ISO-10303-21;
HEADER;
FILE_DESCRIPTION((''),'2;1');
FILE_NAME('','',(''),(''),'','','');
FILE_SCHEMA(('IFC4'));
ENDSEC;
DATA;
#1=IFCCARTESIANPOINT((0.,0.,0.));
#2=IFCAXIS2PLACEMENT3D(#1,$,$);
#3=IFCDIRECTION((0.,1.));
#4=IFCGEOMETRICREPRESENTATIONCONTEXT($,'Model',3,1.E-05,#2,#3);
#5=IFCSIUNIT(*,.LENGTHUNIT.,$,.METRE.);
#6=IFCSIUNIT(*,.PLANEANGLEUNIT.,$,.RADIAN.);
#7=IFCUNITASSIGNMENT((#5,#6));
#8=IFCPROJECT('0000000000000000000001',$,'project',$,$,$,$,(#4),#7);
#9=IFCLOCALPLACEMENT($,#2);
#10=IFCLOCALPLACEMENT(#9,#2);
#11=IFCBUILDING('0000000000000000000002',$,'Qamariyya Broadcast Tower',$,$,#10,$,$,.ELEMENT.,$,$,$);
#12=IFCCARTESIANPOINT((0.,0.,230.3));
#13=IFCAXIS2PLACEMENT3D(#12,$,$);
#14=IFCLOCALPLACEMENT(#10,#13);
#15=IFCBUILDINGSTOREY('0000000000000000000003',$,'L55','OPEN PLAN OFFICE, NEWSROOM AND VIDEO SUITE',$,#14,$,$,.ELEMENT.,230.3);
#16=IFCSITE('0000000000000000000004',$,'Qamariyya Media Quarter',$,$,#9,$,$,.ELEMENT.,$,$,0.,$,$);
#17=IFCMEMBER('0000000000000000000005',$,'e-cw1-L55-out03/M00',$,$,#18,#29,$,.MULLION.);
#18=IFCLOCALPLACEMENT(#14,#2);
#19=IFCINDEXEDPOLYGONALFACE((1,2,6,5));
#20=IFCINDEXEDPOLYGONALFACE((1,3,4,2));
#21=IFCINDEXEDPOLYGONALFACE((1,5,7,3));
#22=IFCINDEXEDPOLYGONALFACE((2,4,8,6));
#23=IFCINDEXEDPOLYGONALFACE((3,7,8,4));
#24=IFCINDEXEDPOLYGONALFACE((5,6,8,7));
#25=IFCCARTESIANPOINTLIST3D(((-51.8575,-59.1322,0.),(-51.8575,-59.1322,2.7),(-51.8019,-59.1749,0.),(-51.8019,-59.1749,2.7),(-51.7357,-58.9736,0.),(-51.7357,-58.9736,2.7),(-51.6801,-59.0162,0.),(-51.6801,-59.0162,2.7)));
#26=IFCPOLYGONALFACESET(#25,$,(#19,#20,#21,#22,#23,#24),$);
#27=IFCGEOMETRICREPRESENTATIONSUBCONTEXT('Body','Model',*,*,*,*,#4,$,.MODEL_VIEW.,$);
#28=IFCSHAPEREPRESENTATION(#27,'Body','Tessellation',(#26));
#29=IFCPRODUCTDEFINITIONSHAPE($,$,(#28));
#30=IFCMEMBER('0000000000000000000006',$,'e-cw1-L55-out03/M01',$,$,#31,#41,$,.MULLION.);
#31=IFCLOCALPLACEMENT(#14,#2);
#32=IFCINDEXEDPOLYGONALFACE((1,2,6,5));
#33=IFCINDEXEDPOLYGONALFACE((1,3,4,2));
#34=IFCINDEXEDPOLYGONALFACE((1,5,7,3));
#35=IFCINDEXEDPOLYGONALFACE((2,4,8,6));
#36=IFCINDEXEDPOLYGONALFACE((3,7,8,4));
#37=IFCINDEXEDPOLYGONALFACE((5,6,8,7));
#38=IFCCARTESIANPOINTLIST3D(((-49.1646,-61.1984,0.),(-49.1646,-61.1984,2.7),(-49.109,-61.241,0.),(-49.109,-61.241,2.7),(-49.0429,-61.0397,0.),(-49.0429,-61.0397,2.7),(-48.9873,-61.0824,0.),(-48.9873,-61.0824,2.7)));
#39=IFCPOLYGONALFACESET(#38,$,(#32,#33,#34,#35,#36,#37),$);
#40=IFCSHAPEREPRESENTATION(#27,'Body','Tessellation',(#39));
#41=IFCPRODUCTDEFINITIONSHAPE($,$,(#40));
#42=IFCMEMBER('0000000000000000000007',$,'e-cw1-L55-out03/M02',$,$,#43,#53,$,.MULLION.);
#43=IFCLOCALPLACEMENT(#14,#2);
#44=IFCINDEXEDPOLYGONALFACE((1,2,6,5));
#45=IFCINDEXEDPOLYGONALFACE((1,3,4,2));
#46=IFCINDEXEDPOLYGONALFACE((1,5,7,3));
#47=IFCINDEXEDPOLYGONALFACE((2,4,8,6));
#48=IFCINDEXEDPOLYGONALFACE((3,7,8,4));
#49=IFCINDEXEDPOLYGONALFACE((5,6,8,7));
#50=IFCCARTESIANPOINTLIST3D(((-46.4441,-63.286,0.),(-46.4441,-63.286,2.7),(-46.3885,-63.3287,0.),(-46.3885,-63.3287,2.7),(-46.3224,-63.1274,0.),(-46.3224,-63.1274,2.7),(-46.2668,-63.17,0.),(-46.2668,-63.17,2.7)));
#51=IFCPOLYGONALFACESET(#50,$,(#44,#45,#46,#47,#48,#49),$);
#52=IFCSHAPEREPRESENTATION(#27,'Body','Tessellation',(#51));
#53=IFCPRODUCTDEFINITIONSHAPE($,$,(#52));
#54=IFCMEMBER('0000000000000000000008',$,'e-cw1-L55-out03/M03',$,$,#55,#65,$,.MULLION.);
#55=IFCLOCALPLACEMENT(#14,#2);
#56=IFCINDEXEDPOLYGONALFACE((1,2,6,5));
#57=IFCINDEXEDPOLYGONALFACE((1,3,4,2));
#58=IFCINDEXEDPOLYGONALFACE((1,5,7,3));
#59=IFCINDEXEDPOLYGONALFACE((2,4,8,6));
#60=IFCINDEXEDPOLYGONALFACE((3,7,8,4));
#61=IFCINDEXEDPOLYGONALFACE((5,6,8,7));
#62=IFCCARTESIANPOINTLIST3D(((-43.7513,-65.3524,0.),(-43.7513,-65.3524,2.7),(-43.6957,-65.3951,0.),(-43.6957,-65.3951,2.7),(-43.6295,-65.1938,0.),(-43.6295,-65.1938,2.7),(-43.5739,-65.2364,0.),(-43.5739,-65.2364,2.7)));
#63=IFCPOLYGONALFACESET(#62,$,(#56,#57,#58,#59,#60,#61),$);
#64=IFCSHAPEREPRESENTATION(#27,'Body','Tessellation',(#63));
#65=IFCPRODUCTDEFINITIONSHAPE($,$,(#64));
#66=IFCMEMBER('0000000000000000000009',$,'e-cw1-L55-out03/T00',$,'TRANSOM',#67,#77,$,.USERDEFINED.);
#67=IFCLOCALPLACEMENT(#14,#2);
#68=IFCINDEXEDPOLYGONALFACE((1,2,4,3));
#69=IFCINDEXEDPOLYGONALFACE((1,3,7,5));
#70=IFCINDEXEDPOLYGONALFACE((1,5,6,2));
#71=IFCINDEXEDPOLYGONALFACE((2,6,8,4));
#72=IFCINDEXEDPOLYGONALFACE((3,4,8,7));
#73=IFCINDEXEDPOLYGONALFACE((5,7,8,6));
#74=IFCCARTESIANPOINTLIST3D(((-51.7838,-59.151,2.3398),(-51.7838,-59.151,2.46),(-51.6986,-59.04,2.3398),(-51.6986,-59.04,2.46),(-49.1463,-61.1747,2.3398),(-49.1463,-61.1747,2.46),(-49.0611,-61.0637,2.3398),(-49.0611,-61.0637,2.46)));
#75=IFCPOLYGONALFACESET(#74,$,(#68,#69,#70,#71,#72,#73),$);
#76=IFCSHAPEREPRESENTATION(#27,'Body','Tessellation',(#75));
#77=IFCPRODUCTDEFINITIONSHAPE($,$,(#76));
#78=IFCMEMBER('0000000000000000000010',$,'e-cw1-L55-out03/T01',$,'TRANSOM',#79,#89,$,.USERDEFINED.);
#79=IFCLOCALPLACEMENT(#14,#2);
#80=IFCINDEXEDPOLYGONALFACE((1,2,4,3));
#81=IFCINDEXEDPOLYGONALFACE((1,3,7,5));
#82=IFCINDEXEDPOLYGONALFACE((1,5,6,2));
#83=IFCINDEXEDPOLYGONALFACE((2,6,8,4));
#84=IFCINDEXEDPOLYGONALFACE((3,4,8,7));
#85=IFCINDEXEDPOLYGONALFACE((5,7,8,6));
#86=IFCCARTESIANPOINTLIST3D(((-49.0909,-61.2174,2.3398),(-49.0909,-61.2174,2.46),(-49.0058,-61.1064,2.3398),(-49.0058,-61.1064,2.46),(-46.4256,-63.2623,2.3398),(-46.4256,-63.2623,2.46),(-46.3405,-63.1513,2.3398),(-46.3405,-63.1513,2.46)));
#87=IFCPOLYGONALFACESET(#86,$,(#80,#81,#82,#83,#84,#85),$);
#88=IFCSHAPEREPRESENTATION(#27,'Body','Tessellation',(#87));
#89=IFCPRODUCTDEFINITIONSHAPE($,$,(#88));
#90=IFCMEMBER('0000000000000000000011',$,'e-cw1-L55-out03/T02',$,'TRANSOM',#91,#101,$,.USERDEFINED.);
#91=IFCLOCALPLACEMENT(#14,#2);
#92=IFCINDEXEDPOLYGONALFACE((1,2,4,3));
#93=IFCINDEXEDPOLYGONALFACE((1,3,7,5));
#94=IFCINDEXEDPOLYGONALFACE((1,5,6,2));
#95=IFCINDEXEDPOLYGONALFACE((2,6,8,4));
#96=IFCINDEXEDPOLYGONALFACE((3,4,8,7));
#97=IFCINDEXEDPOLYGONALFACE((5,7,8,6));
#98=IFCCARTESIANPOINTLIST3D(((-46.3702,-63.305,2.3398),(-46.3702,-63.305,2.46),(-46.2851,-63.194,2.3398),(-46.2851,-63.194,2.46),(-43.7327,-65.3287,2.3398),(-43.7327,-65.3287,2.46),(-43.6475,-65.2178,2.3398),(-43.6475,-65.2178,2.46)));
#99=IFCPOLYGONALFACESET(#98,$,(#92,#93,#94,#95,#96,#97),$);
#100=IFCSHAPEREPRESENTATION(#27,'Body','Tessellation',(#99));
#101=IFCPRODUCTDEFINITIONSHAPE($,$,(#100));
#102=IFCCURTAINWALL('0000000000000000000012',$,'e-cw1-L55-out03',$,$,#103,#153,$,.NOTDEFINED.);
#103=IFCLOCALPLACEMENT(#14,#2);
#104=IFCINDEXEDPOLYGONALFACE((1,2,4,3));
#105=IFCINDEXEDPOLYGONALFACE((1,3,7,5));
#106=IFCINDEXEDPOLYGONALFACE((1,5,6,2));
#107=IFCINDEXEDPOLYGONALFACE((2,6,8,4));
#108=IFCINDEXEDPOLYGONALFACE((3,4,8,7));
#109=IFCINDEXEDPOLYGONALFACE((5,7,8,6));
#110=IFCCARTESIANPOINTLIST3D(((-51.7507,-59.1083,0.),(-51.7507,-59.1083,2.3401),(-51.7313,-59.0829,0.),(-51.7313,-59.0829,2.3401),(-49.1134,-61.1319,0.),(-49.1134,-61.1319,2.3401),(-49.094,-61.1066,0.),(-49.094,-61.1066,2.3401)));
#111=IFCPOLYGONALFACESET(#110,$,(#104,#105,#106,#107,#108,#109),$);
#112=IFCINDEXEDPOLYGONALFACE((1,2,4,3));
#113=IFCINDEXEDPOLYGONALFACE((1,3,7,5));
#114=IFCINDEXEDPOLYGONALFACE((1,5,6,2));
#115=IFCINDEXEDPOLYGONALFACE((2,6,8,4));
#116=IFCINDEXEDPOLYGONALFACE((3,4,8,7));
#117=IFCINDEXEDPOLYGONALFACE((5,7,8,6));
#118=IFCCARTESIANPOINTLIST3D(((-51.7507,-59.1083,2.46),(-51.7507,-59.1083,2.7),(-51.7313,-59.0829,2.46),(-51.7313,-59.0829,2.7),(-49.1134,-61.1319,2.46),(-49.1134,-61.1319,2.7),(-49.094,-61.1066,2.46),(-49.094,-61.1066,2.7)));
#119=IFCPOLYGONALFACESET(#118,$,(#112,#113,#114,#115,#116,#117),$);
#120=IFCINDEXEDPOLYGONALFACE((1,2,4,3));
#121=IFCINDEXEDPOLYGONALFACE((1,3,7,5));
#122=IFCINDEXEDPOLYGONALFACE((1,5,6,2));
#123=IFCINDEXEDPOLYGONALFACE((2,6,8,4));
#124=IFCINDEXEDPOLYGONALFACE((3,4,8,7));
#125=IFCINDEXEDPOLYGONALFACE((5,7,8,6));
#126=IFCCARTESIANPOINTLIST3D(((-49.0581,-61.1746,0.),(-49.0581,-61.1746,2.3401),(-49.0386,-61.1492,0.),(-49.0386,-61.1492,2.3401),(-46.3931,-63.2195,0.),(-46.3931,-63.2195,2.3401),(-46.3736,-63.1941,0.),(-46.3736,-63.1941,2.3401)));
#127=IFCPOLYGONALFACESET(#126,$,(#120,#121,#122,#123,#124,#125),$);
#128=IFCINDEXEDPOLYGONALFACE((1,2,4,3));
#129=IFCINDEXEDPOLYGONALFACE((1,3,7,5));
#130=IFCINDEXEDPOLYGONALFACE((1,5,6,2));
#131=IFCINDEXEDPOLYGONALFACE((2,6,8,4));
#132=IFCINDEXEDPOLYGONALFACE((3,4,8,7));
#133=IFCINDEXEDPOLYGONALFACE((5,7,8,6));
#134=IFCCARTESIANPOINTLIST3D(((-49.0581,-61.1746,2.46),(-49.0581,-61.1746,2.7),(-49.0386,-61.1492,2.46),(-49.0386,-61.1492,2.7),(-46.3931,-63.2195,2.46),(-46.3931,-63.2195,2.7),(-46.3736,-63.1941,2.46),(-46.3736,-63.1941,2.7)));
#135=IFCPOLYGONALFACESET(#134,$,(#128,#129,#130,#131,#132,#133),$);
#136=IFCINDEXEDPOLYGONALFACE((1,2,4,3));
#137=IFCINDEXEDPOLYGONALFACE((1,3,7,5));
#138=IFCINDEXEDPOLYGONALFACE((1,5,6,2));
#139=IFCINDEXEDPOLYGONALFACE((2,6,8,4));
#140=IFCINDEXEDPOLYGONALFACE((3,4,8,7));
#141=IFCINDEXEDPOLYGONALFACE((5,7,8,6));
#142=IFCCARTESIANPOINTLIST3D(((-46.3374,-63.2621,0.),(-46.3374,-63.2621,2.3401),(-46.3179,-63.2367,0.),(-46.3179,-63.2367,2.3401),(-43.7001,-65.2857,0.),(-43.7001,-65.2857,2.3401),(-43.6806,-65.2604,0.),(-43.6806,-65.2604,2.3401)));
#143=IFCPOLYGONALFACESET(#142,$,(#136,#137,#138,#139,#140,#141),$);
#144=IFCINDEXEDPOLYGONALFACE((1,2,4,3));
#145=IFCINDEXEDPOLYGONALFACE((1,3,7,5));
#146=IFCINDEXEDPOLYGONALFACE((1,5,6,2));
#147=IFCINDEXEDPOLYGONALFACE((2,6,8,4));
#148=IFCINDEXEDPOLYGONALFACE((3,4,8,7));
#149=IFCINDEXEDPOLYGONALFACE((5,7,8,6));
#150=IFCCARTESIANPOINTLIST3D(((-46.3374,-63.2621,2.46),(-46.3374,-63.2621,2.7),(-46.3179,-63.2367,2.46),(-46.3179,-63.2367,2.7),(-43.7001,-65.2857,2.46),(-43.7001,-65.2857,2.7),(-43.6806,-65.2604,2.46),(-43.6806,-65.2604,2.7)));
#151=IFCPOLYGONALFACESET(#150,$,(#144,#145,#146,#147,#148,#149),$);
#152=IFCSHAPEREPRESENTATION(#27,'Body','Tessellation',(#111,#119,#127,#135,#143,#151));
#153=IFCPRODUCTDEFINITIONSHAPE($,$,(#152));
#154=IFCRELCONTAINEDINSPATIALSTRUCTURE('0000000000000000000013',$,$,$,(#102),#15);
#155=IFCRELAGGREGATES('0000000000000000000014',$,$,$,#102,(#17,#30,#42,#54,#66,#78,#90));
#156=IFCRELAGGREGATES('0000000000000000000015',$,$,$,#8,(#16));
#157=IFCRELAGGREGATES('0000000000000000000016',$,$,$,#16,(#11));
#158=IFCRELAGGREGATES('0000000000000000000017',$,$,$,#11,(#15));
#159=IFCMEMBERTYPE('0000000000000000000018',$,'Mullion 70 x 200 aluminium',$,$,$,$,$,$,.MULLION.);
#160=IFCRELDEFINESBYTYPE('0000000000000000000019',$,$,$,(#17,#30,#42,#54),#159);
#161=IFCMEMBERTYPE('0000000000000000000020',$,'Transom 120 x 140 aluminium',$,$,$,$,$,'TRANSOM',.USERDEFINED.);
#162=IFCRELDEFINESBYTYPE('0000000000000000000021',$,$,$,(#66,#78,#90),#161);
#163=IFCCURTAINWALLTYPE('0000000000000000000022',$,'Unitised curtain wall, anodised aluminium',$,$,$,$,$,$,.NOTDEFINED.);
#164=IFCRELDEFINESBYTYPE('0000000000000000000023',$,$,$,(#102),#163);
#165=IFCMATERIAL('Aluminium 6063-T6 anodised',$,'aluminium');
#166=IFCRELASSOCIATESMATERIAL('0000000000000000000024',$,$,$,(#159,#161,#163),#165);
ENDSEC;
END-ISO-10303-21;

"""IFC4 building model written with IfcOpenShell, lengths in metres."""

from ifc_helpers import new_model, si_unit, direction, frame, origin, origin_2d, place, context, subcontext, project, spatial, rectangle, extrude, material, material_profile, profile_set, type_object, element, aggregate, save


model = new_model("IFC4")

# Units and contexts
model_context = context("Model", 3, precision=1e-05, world=origin(), true_north=direction((0.0, 1.0)))
body_context = subcontext(model_context, "Body", "Model", "MODEL_VIEW")
ifc_project = project(units=[si_unit("LENGTHUNIT", "METRE"), si_unit("PLANEANGLEUNIT", "RADIAN")], contexts=[model_context])

# Members
ifc_material_1 = material(Name="Aluminium 6063-T6 anodised", Category="aluminium")
ifc_material_profile_1 = material_profile(ifc_material_1, rectangle(XDim=0.2, YDim=0.0701, at=origin_2d()))
ifc_profile_set_1 = profile_set([ifc_material_profile_1], Name="Aluminium 6063-T6 anodised")
member_type_1 = type_object("IfcMemberType", Name="Mullion 70 x 200 aluminium", PredefinedType="MULLION", material=ifc_profile_set_1)
site_placement = place(None, origin())
building_placement = place(site_placement, origin())
storey_placement = place(building_placement, frame((0.0, 0.0, 230.3)))
member_1_placement = place(storey_placement, frame((-51.7688, -59.0742, 0.0), z_axis=(0.0, 0.0, 1.0), x_axis=(0.608761, 0.793353, 0.0)))
member_1 = element("IfcMember", 1, at=member_1_placement, type_object=member_type_1, Name="e-cw1-L55-out03/M00", PredefinedType="MULLION", context=body_context, shape_type="SweptSolid", body=[
    extrude(rectangle(XDim=0.2, YDim=0.0701, at=origin_2d()), origin(), (0.0, 0.0, 1.0), 2.7),
])
member_2_placement = place(storey_placement, frame((-49.0759, -61.1404, 0.0), z_axis=(0.0, 0.0, 1.0), x_axis=(0.608761, 0.793353, 0.0)))
member_2 = element("IfcMember", 2, at=member_2_placement, type_object=member_type_1, Name="e-cw1-L55-out03/M01", PredefinedType="MULLION", context=body_context, shape_type="SweptSolid", body=[
    extrude(rectangle(XDim=0.2, YDim=0.0701, at=origin_2d()), origin(), (0.0, 0.0, 1.0), 2.7),
])
member_3_placement = place(storey_placement, frame((-46.3555, -63.228, 0.0), z_axis=(0.0, 0.0, 1.0), x_axis=(0.608761, 0.793353, 0.0)))
member_3 = element("IfcMember", 3, at=member_3_placement, type_object=member_type_1, Name="e-cw1-L55-out03/M02", PredefinedType="MULLION", context=body_context, shape_type="SweptSolid", body=[
    extrude(rectangle(XDim=0.2, YDim=0.0701, at=origin_2d()), origin(), (0.0, 0.0, 1.0), 2.7),
])
member_4_placement = place(storey_placement, frame((-43.6626, -65.2944, 0.0), z_axis=(0.0, 0.0, 1.0), x_axis=(0.608761, 0.793353, 0.0)))
member_4 = element("IfcMember", 4, at=member_4_placement, type_object=member_type_1, Name="e-cw1-L55-out03/M03", PredefinedType="MULLION", context=body_context, shape_type="SweptSolid", body=[
    extrude(rectangle(XDim=0.2, YDim=0.0701, at=origin_2d()), origin(), (0.0, 0.0, 1.0), 2.7),
])
ifc_material_profile_2 = material_profile(ifc_material_1, rectangle(XDim=0.1399, YDim=0.1201, at=origin_2d()))
ifc_profile_set_2 = profile_set([ifc_material_profile_2], Name="Aluminium 6063-T6 anodised")
member_type_2 = type_object("IfcMemberType", Name="Transom 120 x 140 aluminium", ElementType="TRANSOM", PredefinedType="USERDEFINED", material=ifc_profile_set_2)
member_5_placement = place(storey_placement, frame((-51.7412, -59.0955, 2.3999), z_axis=(0.793369, -0.608741, 0.0), x_axis=(0.608741, 0.793369, 0.0)))
member_5 = element("IfcMember", 5, at=member_5_placement, type_object=member_type_2, Name="e-cw1-L55-out03/T00", ObjectType="TRANSOM", PredefinedType="USERDEFINED", context=body_context, shape_type="SweptSolid", body=[
    extrude(rectangle(XDim=0.1399, YDim=0.1201, at=origin_2d()), origin(), (0.0, 0.0, 1.0), 3.3245),
])
member_6_placement = place(storey_placement, frame((-49.0483, -61.1619, 2.3999), z_axis=(0.793385, -0.60872, 0.0), x_axis=(0.60872, 0.793385, 0.0)))
member_6 = element("IfcMember", 6, at=member_6_placement, type_object=member_type_2, Name="e-cw1-L55-out03/T01", ObjectType="TRANSOM", PredefinedType="USERDEFINED", context=body_context, shape_type="SweptSolid", body=[
    extrude(rectangle(XDim=0.1399, YDim=0.1201, at=origin_2d()), origin(), (0.0, 0.0, 1.0), 3.3594),
])
member_7_placement = place(storey_placement, frame((-46.3276, -63.2495, 2.3999), z_axis=(0.793369, -0.608741, 0.0), x_axis=(0.608741, 0.793369, 0.0)))
member_7 = element("IfcMember", 7, at=member_7_placement, type_object=member_type_2, Name="e-cw1-L55-out03/T02", ObjectType="TRANSOM", PredefinedType="USERDEFINED", context=body_context, shape_type="SweptSolid", body=[
    extrude(rectangle(XDim=0.1399, YDim=0.1201, at=origin_2d()), origin(), (0.0, 0.0, 1.0), 3.3245),
])

# Site, building, storey
site = spatial("IfcSite", under=ifc_project, at=site_placement, Name="Qamariyya Media Quarter", CompositionType="ELEMENT", RefElevation=0.0)
building = spatial("IfcBuilding", under=site, at=building_placement, Name="Qamariyya Broadcast Tower", CompositionType="ELEMENT")
storey = spatial("IfcBuildingStorey", under=building, at=storey_placement, Name="L55", Description="OPEN PLAN OFFICE, NEWSROOM AND VIDEO SUITE", CompositionType="ELEMENT", Elevation=230.3)

# Curtain wall
curtain_wall_type = type_object("IfcCurtainWallType", Name="Unitised curtain wall, anodised aluminium", PredefinedType="NOTDEFINED", material=ifc_material_1)
curtain_wall_1_placement = place(storey_placement, origin())
curtain_wall_1 = element("IfcCurtainWall", 8, at=curtain_wall_1_placement, inside=storey, type_object=curtain_wall_type, Name="e-cw1-L55-out03", PredefinedType="NOTDEFINED", context=body_context, shape_type="SweptSolid", body=[
    extrude(rectangle(XDim=3.3242, YDim=0.032, at=origin_2d()), frame((-50.4224, -60.1074, 0.0), x_axis=(0.793359, -0.608754, 0.0)), (0.0, 0.0, 1.0), 2.3401),
    extrude(rectangle(XDim=3.3242, YDim=0.032, at=origin_2d()), frame((-50.4224, -60.1074, 2.46), x_axis=(0.793359, -0.608754, 0.0)), (0.0, 0.0, 1.0), 0.24),
    extrude(rectangle(XDim=3.3591, YDim=0.032, at=origin_2d()), frame((-47.7158, -62.1843, 0.0), x_axis=(0.793359, -0.608754, 0.0)), (0.0, 0.0, 1.0), 2.3401),
    extrude(rectangle(XDim=3.3591, YDim=0.032, at=origin_2d()), frame((-47.7158, -62.1843, 2.46), x_axis=(0.793359, -0.608754, 0.0)), (0.0, 0.0, 1.0), 0.24),
    extrude(rectangle(XDim=3.3242, YDim=0.032, at=origin_2d()), frame((-45.009, -64.2612, 0.0), x_axis=(0.793359, -0.608754, 0.0)), (0.0, 0.0, 1.0), 2.3401),
    extrude(rectangle(XDim=3.3242, YDim=0.032, at=origin_2d()), frame((-45.009, -64.2612, 2.46), x_axis=(0.793359, -0.608754, 0.0)), (0.0, 0.0, 1.0), 0.24),
])
aggregate(curtain_wall_1, [member_1, member_2, member_3, member_4, member_5, member_6, member_7])

save(model, "model.ifc")
